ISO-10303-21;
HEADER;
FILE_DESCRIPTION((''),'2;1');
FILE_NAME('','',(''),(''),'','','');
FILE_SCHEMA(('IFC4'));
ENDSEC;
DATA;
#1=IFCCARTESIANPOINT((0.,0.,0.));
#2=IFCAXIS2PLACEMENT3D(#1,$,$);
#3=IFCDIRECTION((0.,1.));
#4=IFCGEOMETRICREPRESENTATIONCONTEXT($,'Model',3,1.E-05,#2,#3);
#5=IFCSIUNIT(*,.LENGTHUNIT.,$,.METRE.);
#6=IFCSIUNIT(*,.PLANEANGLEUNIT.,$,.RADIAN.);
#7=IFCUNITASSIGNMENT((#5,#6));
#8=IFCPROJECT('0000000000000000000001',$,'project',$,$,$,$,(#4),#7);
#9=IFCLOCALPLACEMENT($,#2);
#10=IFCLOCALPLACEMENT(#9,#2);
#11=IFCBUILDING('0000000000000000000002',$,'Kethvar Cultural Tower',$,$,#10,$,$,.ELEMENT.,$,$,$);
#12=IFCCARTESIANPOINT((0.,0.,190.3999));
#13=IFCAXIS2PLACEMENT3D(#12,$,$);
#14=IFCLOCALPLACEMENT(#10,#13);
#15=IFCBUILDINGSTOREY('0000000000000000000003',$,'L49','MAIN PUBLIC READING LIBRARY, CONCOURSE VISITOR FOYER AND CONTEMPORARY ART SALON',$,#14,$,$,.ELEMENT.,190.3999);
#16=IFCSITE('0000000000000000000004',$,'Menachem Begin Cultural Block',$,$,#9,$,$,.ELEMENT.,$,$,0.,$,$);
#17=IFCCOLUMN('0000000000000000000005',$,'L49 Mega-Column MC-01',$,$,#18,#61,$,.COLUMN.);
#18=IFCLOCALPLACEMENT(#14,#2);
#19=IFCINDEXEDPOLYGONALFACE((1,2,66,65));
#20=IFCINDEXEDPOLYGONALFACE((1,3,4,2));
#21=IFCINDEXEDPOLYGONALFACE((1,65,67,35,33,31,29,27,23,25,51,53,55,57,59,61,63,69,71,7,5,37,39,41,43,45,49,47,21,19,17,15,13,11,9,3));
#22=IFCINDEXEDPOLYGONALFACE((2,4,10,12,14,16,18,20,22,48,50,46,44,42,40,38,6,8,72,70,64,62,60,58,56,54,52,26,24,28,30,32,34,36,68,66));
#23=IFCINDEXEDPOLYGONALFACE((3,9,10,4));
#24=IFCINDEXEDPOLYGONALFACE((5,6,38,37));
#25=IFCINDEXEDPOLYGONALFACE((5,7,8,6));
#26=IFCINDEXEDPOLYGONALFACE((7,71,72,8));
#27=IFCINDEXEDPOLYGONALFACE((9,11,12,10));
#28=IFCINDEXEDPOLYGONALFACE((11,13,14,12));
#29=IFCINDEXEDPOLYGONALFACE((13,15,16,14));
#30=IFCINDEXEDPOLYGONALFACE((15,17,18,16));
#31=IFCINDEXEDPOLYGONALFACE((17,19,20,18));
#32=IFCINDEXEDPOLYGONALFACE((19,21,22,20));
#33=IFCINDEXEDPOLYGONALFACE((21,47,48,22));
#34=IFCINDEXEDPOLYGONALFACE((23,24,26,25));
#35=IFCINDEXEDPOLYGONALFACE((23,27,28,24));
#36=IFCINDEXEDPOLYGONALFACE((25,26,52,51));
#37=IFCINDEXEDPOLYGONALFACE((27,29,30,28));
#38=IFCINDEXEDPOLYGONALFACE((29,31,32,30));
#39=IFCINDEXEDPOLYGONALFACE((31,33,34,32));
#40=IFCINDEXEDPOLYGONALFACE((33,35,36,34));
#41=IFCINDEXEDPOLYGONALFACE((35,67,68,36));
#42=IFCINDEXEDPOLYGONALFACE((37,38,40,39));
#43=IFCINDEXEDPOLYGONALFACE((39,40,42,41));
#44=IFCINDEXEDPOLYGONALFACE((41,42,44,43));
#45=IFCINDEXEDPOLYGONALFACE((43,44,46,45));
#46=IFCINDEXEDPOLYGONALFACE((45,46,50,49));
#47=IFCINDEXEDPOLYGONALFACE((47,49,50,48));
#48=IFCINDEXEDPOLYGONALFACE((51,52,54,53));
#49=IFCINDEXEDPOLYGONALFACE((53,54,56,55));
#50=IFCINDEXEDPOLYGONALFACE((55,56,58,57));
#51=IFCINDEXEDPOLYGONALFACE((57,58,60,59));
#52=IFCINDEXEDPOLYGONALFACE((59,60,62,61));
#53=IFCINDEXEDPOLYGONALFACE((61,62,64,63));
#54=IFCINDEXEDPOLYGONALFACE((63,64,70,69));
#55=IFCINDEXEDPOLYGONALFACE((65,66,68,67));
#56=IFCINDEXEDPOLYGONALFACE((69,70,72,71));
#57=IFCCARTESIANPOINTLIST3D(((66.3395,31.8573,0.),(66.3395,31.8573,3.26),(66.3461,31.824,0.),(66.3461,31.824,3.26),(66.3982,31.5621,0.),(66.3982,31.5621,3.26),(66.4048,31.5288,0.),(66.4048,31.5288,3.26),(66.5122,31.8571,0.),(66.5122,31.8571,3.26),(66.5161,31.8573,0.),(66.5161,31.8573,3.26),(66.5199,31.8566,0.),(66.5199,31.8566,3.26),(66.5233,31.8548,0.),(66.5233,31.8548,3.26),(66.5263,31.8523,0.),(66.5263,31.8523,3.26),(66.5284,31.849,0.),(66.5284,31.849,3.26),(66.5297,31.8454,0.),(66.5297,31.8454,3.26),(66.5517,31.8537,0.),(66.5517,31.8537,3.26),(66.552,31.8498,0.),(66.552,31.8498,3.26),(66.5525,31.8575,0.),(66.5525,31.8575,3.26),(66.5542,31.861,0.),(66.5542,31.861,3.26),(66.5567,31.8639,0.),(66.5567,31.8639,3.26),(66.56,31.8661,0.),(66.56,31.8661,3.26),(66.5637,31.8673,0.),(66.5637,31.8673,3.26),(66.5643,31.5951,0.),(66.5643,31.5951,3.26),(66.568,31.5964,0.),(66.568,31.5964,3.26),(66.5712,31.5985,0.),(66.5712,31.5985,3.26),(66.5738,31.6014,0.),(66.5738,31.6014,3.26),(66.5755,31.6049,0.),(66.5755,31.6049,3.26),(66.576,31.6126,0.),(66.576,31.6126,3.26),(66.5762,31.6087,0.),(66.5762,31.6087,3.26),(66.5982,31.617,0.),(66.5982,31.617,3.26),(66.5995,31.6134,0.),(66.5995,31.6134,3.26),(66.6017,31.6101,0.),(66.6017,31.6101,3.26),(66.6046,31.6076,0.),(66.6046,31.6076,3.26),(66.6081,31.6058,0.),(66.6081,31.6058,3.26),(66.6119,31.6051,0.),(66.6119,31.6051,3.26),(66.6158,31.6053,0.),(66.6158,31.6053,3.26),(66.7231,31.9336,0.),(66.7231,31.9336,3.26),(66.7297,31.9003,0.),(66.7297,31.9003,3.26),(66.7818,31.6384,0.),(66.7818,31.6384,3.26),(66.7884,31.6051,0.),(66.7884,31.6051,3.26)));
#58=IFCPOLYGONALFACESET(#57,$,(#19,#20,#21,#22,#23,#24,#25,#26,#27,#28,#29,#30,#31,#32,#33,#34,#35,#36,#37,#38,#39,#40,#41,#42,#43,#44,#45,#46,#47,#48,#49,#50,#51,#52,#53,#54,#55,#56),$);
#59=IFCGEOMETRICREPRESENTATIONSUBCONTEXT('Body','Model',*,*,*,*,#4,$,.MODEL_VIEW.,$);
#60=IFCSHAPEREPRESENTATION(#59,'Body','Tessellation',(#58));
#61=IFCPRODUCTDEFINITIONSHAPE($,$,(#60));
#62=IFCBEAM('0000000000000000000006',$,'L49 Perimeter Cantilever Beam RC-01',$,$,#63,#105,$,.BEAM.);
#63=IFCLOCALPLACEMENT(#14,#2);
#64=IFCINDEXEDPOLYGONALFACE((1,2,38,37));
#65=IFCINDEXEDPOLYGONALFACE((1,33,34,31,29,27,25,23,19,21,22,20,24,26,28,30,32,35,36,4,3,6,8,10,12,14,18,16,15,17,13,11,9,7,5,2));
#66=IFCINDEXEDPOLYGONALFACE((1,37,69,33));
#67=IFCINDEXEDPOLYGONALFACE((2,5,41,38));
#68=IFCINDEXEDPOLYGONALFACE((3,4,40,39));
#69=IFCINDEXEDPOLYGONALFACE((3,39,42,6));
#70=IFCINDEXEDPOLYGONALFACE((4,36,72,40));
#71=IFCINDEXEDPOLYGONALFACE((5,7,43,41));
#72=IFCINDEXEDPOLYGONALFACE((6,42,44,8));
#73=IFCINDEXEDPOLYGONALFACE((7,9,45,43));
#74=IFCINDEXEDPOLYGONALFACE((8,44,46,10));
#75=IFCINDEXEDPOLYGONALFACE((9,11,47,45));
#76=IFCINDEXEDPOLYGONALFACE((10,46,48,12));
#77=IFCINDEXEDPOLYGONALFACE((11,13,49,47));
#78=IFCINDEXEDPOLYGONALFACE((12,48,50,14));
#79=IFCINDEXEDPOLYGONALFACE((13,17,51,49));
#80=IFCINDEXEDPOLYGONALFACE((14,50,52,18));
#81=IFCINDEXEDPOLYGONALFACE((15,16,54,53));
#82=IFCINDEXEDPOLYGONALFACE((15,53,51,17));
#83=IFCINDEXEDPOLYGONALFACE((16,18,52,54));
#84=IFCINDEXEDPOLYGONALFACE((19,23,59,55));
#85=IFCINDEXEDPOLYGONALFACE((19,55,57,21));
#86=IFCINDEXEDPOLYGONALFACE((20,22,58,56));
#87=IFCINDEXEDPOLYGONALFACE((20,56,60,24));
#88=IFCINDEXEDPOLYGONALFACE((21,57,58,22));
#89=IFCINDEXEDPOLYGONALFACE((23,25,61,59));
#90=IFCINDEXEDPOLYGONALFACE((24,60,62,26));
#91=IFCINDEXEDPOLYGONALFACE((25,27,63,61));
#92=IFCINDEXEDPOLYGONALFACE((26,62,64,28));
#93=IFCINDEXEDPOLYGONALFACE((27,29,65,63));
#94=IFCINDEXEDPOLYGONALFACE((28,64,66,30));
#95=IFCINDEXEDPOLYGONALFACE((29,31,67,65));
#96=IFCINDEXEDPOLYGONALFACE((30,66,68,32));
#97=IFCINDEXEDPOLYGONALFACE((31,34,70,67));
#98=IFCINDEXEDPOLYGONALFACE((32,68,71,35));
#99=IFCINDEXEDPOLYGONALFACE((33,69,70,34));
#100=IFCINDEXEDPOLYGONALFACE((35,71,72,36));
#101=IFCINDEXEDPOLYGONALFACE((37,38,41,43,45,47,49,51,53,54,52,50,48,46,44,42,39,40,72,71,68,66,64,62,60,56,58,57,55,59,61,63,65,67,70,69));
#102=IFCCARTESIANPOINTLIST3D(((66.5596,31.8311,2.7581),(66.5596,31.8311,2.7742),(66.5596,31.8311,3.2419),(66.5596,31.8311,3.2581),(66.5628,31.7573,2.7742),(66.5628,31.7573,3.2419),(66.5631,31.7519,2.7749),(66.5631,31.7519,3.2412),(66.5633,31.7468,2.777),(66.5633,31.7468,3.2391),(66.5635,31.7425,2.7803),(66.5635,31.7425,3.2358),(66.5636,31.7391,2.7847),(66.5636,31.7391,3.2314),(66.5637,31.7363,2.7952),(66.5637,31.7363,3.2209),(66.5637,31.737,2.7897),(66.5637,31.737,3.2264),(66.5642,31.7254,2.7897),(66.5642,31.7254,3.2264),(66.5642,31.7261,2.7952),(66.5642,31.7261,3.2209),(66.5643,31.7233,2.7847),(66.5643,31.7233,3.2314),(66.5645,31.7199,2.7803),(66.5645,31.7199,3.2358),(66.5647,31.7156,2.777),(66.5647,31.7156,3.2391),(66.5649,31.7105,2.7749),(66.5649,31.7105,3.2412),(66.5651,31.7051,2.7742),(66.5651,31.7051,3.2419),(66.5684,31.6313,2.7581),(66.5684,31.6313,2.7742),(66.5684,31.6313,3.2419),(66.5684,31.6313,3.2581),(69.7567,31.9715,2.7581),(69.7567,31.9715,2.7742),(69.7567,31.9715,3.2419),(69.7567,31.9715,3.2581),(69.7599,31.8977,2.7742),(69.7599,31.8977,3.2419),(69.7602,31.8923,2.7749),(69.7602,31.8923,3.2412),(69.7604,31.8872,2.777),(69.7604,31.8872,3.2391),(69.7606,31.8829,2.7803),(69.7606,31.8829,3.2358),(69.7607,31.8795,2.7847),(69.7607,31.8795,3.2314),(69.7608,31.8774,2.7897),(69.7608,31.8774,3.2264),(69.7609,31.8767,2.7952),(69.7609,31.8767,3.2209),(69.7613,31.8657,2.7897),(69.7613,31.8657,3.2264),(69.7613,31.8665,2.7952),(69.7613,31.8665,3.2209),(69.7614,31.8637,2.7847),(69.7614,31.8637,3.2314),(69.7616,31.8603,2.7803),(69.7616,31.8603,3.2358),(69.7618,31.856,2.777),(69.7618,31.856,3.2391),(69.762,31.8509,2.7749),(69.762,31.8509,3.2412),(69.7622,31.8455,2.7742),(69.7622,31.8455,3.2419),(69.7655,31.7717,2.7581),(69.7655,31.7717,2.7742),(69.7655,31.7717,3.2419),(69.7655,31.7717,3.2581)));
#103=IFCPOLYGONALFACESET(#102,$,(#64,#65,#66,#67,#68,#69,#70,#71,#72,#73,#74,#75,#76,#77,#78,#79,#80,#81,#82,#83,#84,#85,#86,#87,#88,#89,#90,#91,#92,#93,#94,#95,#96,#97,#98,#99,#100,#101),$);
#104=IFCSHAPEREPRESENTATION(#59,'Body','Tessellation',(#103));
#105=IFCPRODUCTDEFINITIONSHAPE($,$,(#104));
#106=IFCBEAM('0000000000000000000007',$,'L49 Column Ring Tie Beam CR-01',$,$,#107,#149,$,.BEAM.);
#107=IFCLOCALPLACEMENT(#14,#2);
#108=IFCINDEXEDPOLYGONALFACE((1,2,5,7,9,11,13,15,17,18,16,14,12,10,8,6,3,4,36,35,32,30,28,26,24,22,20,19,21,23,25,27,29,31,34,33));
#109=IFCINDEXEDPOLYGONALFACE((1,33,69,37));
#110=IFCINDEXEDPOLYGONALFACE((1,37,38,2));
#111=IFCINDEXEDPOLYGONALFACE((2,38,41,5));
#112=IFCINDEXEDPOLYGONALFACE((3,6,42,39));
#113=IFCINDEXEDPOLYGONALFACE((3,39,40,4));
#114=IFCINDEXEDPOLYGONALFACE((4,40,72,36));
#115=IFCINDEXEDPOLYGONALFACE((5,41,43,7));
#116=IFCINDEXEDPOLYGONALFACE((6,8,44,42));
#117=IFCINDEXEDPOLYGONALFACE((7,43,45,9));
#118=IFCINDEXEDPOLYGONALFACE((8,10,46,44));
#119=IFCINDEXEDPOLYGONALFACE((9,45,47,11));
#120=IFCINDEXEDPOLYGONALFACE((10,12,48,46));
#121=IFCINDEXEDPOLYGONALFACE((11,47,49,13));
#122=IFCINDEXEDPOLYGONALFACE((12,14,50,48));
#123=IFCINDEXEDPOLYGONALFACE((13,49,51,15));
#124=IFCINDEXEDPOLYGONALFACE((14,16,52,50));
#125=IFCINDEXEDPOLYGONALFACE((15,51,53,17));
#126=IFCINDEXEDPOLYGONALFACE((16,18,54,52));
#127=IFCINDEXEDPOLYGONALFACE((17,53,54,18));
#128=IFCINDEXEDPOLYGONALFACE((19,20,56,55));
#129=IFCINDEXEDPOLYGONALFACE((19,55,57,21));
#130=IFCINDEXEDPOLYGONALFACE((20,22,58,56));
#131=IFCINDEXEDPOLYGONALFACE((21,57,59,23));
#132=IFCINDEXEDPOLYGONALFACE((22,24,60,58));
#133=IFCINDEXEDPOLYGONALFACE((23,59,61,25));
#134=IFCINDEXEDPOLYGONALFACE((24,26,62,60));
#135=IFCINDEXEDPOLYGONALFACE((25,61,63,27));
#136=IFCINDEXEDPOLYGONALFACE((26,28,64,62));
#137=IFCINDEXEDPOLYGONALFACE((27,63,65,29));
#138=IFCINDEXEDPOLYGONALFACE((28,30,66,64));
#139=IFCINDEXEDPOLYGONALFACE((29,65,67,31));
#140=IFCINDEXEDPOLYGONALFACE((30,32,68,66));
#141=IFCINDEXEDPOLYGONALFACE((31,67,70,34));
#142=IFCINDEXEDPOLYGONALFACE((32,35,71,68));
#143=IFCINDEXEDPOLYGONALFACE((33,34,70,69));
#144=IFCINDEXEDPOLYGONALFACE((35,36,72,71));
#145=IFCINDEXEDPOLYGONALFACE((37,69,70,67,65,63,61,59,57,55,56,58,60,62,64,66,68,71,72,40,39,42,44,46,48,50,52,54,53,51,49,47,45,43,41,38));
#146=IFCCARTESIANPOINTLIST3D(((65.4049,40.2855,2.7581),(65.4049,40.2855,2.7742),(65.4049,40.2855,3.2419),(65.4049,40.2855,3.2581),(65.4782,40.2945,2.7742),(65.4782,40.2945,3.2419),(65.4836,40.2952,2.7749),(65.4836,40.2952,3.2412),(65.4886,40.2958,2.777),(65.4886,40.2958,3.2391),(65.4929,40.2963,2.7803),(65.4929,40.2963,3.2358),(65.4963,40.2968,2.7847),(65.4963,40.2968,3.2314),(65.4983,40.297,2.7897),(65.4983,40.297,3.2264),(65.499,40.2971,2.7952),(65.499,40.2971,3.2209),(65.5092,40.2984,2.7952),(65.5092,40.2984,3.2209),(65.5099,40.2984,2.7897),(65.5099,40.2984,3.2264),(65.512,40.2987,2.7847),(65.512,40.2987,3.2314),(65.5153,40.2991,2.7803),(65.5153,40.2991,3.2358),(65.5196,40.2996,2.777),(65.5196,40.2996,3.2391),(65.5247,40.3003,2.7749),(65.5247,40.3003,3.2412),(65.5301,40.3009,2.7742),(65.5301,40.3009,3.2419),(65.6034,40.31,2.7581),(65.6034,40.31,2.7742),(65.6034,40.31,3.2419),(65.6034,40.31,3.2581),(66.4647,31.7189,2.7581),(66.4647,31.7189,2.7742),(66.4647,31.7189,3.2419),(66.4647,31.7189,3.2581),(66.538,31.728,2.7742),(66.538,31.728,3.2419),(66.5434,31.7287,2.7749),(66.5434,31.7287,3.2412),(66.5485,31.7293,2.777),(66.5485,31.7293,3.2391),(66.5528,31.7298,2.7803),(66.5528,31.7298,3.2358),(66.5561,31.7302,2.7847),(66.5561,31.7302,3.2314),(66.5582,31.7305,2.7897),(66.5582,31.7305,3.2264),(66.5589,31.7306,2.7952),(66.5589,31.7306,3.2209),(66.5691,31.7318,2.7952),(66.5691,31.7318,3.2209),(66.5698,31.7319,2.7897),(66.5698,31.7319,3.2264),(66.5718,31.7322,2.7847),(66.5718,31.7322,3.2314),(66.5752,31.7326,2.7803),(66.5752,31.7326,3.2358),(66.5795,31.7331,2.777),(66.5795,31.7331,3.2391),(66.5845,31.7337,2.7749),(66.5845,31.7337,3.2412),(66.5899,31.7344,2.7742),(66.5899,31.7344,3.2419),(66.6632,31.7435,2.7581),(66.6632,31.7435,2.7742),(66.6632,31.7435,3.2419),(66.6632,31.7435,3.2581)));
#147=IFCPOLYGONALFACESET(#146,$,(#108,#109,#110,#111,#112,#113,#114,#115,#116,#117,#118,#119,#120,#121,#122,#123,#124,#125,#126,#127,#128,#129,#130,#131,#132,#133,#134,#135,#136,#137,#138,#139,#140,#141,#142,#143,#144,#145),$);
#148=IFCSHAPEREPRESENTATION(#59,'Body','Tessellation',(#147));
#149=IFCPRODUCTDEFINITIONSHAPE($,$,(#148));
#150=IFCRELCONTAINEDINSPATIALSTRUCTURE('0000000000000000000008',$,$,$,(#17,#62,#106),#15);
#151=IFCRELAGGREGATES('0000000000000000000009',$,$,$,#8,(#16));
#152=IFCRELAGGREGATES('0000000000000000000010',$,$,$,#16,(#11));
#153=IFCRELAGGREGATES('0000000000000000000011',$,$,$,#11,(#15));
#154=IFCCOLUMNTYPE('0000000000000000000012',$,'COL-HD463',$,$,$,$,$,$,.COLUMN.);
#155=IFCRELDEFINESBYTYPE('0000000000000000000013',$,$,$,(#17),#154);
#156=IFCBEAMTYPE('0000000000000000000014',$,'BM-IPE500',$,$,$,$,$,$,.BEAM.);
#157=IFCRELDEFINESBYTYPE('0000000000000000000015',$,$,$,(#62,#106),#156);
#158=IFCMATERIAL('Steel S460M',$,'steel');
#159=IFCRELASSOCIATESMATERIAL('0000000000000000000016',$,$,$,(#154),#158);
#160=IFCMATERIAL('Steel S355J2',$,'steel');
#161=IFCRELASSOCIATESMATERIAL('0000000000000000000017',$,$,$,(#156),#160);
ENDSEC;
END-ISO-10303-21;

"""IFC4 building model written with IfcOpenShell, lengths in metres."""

from ifc_helpers import new_model, si_unit, direction, frame, origin, origin_2d, place, context, subcontext, project, spatial, i_section, extrude, source, transform, mapped, material, material_profile, profile_set, type_object, element, save


model = new_model("IFC4")

# Units and contexts
model_context = context("Model", 3, precision=1e-05, world=origin(), true_north=direction((0.0, 1.0)))
body_context = subcontext(model_context, "Body", "Model", "MODEL_VIEW")
ifc_project = project(units=[si_unit("LENGTHUNIT", "METRE"), si_unit("PLANEANGLEUNIT", "RADIAN")], contexts=[model_context])

# Site, building, storey
site_placement = place(None, origin())
site = spatial("IfcSite", under=ifc_project, at=site_placement, Name="Menachem Begin Cultural Block", CompositionType="ELEMENT", RefElevation=0.0)
building_placement = place(site_placement, origin())
building = spatial("IfcBuilding", under=site, at=building_placement, Name="Kethvar Cultural Tower", CompositionType="ELEMENT")
storey_placement = place(building_placement, frame((0.0, 0.0, 190.3999)))
storey = spatial("IfcBuildingStorey", under=building, at=storey_placement, Name="L49", Description="MAIN PUBLIC READING LIBRARY, CONCOURSE VISITOR FOYER AND CONTEMPORARY ART SALON", CompositionType="ELEMENT", Elevation=190.3999)

# Column
ifc_material_1 = material(Name="Steel S460M", Category="steel")
ifc_material_profile_1 = material_profile(ifc_material_1, i_section(OverallWidth=0.3911, OverallDepth=0.335, WebThickness=0.0227, FlangeThickness=0.0339, FilletRadius=0.0149, at=origin_2d()), Name="Steel S460M — HD400x463")
ifc_profile_set_1 = profile_set([ifc_material_profile_1], Name="Steel S460M — HD400x463")
column_type = type_object("IfcColumnType", Name="COL-HD463", PredefinedType="COLUMN", material=ifc_profile_set_1)
shared_shape_1 = source(origin(), body_context, "Body", "SweptSolid", [
    extrude(i_section(OverallWidth=0.3911, OverallDepth=0.335, WebThickness=0.0227, FlangeThickness=0.0339, FilletRadius=0.0149, at=origin_2d()), origin(), (0.0, 0.0, 1.0), 3.26),
])
column_placement = place(storey_placement, frame((66.564, 31.7312, 0.0), z_axis=(0.0, 0.0, 1.0), x_axis=(0.980785, 0.19509, 0.0)))
element("IfcColumn", 1, at=column_placement, inside=storey, type_object=column_type, Name="L49 Mega-Column MC-01", PredefinedType="COLUMN", context=body_context, shape_type="MappedRepresentation", body=[
    mapped(shared_shape_1, transform((0.0, 0.0, 0.0), scale=1.0)),
])

# Beams
ifc_material_2 = material(Name="Steel S355J2", Category="steel")
ifc_material_profile_2 = material_profile(ifc_material_2, i_section(OverallWidth=0.2, OverallDepth=0.5, WebThickness=0.0103, FlangeThickness=0.0161, FilletRadius=0.021, at=origin_2d()), Name="Steel S355J2 — IPE500")
ifc_profile_set_2 = profile_set([ifc_material_profile_2], Name="Steel S355J2 — IPE500")
beam_type_1 = type_object("IfcBeamType", Name="BM-IPE500", PredefinedType="BEAM", material=ifc_profile_set_2)
shared_shape_2 = source(origin(), body_context, "Body", "SweptSolid", [
    extrude(i_section(OverallWidth=0.2, OverallDepth=0.5, WebThickness=0.0103, FlangeThickness=0.0161, FilletRadius=0.021, at=origin_2d()), origin(), (0.0, 0.0, 1.0), 3.2002),
])
beam_1_placement = place(storey_placement, frame((66.564, 31.7312, 3.0081), z_axis=(0.999037, 0.043868, 0.0), x_axis=(-0.043868, 0.999037, 0.0)))
element("IfcBeam", 2, at=beam_1_placement, inside=storey, type_object=beam_type_1, Name="L49 Perimeter Cantilever Beam RC-01", PredefinedType="BEAM", context=body_context, shape_type="MappedRepresentation", body=[
    mapped(shared_shape_2, transform((0.0, 0.0, 0.0), scale=1.0)),
])
shared_shape_3 = source(origin(), body_context, "Body", "SweptSolid", [
    extrude(i_section(OverallWidth=0.2, OverallDepth=0.5, WebThickness=0.0103, FlangeThickness=0.0161, FilletRadius=0.021, at=origin_2d()), origin(), (0.0, 0.0, 1.0), 8.6318),
])
beam_2_placement = place(storey_placement, frame((66.564, 31.7312, 3.0081), z_axis=(-0.122781, 0.992434, 0.0), x_axis=(-0.992434, -0.122781, 0.0)))
element("IfcBeam", 3, at=beam_2_placement, inside=storey, type_object=beam_type_1, Name="L49 Column Ring Tie Beam CR-01", PredefinedType="BEAM", context=body_context, shape_type="MappedRepresentation", body=[
    mapped(shared_shape_3, transform((0.0, 0.0, 0.0), scale=1.0)),
])

save(model, "model.ifc")
